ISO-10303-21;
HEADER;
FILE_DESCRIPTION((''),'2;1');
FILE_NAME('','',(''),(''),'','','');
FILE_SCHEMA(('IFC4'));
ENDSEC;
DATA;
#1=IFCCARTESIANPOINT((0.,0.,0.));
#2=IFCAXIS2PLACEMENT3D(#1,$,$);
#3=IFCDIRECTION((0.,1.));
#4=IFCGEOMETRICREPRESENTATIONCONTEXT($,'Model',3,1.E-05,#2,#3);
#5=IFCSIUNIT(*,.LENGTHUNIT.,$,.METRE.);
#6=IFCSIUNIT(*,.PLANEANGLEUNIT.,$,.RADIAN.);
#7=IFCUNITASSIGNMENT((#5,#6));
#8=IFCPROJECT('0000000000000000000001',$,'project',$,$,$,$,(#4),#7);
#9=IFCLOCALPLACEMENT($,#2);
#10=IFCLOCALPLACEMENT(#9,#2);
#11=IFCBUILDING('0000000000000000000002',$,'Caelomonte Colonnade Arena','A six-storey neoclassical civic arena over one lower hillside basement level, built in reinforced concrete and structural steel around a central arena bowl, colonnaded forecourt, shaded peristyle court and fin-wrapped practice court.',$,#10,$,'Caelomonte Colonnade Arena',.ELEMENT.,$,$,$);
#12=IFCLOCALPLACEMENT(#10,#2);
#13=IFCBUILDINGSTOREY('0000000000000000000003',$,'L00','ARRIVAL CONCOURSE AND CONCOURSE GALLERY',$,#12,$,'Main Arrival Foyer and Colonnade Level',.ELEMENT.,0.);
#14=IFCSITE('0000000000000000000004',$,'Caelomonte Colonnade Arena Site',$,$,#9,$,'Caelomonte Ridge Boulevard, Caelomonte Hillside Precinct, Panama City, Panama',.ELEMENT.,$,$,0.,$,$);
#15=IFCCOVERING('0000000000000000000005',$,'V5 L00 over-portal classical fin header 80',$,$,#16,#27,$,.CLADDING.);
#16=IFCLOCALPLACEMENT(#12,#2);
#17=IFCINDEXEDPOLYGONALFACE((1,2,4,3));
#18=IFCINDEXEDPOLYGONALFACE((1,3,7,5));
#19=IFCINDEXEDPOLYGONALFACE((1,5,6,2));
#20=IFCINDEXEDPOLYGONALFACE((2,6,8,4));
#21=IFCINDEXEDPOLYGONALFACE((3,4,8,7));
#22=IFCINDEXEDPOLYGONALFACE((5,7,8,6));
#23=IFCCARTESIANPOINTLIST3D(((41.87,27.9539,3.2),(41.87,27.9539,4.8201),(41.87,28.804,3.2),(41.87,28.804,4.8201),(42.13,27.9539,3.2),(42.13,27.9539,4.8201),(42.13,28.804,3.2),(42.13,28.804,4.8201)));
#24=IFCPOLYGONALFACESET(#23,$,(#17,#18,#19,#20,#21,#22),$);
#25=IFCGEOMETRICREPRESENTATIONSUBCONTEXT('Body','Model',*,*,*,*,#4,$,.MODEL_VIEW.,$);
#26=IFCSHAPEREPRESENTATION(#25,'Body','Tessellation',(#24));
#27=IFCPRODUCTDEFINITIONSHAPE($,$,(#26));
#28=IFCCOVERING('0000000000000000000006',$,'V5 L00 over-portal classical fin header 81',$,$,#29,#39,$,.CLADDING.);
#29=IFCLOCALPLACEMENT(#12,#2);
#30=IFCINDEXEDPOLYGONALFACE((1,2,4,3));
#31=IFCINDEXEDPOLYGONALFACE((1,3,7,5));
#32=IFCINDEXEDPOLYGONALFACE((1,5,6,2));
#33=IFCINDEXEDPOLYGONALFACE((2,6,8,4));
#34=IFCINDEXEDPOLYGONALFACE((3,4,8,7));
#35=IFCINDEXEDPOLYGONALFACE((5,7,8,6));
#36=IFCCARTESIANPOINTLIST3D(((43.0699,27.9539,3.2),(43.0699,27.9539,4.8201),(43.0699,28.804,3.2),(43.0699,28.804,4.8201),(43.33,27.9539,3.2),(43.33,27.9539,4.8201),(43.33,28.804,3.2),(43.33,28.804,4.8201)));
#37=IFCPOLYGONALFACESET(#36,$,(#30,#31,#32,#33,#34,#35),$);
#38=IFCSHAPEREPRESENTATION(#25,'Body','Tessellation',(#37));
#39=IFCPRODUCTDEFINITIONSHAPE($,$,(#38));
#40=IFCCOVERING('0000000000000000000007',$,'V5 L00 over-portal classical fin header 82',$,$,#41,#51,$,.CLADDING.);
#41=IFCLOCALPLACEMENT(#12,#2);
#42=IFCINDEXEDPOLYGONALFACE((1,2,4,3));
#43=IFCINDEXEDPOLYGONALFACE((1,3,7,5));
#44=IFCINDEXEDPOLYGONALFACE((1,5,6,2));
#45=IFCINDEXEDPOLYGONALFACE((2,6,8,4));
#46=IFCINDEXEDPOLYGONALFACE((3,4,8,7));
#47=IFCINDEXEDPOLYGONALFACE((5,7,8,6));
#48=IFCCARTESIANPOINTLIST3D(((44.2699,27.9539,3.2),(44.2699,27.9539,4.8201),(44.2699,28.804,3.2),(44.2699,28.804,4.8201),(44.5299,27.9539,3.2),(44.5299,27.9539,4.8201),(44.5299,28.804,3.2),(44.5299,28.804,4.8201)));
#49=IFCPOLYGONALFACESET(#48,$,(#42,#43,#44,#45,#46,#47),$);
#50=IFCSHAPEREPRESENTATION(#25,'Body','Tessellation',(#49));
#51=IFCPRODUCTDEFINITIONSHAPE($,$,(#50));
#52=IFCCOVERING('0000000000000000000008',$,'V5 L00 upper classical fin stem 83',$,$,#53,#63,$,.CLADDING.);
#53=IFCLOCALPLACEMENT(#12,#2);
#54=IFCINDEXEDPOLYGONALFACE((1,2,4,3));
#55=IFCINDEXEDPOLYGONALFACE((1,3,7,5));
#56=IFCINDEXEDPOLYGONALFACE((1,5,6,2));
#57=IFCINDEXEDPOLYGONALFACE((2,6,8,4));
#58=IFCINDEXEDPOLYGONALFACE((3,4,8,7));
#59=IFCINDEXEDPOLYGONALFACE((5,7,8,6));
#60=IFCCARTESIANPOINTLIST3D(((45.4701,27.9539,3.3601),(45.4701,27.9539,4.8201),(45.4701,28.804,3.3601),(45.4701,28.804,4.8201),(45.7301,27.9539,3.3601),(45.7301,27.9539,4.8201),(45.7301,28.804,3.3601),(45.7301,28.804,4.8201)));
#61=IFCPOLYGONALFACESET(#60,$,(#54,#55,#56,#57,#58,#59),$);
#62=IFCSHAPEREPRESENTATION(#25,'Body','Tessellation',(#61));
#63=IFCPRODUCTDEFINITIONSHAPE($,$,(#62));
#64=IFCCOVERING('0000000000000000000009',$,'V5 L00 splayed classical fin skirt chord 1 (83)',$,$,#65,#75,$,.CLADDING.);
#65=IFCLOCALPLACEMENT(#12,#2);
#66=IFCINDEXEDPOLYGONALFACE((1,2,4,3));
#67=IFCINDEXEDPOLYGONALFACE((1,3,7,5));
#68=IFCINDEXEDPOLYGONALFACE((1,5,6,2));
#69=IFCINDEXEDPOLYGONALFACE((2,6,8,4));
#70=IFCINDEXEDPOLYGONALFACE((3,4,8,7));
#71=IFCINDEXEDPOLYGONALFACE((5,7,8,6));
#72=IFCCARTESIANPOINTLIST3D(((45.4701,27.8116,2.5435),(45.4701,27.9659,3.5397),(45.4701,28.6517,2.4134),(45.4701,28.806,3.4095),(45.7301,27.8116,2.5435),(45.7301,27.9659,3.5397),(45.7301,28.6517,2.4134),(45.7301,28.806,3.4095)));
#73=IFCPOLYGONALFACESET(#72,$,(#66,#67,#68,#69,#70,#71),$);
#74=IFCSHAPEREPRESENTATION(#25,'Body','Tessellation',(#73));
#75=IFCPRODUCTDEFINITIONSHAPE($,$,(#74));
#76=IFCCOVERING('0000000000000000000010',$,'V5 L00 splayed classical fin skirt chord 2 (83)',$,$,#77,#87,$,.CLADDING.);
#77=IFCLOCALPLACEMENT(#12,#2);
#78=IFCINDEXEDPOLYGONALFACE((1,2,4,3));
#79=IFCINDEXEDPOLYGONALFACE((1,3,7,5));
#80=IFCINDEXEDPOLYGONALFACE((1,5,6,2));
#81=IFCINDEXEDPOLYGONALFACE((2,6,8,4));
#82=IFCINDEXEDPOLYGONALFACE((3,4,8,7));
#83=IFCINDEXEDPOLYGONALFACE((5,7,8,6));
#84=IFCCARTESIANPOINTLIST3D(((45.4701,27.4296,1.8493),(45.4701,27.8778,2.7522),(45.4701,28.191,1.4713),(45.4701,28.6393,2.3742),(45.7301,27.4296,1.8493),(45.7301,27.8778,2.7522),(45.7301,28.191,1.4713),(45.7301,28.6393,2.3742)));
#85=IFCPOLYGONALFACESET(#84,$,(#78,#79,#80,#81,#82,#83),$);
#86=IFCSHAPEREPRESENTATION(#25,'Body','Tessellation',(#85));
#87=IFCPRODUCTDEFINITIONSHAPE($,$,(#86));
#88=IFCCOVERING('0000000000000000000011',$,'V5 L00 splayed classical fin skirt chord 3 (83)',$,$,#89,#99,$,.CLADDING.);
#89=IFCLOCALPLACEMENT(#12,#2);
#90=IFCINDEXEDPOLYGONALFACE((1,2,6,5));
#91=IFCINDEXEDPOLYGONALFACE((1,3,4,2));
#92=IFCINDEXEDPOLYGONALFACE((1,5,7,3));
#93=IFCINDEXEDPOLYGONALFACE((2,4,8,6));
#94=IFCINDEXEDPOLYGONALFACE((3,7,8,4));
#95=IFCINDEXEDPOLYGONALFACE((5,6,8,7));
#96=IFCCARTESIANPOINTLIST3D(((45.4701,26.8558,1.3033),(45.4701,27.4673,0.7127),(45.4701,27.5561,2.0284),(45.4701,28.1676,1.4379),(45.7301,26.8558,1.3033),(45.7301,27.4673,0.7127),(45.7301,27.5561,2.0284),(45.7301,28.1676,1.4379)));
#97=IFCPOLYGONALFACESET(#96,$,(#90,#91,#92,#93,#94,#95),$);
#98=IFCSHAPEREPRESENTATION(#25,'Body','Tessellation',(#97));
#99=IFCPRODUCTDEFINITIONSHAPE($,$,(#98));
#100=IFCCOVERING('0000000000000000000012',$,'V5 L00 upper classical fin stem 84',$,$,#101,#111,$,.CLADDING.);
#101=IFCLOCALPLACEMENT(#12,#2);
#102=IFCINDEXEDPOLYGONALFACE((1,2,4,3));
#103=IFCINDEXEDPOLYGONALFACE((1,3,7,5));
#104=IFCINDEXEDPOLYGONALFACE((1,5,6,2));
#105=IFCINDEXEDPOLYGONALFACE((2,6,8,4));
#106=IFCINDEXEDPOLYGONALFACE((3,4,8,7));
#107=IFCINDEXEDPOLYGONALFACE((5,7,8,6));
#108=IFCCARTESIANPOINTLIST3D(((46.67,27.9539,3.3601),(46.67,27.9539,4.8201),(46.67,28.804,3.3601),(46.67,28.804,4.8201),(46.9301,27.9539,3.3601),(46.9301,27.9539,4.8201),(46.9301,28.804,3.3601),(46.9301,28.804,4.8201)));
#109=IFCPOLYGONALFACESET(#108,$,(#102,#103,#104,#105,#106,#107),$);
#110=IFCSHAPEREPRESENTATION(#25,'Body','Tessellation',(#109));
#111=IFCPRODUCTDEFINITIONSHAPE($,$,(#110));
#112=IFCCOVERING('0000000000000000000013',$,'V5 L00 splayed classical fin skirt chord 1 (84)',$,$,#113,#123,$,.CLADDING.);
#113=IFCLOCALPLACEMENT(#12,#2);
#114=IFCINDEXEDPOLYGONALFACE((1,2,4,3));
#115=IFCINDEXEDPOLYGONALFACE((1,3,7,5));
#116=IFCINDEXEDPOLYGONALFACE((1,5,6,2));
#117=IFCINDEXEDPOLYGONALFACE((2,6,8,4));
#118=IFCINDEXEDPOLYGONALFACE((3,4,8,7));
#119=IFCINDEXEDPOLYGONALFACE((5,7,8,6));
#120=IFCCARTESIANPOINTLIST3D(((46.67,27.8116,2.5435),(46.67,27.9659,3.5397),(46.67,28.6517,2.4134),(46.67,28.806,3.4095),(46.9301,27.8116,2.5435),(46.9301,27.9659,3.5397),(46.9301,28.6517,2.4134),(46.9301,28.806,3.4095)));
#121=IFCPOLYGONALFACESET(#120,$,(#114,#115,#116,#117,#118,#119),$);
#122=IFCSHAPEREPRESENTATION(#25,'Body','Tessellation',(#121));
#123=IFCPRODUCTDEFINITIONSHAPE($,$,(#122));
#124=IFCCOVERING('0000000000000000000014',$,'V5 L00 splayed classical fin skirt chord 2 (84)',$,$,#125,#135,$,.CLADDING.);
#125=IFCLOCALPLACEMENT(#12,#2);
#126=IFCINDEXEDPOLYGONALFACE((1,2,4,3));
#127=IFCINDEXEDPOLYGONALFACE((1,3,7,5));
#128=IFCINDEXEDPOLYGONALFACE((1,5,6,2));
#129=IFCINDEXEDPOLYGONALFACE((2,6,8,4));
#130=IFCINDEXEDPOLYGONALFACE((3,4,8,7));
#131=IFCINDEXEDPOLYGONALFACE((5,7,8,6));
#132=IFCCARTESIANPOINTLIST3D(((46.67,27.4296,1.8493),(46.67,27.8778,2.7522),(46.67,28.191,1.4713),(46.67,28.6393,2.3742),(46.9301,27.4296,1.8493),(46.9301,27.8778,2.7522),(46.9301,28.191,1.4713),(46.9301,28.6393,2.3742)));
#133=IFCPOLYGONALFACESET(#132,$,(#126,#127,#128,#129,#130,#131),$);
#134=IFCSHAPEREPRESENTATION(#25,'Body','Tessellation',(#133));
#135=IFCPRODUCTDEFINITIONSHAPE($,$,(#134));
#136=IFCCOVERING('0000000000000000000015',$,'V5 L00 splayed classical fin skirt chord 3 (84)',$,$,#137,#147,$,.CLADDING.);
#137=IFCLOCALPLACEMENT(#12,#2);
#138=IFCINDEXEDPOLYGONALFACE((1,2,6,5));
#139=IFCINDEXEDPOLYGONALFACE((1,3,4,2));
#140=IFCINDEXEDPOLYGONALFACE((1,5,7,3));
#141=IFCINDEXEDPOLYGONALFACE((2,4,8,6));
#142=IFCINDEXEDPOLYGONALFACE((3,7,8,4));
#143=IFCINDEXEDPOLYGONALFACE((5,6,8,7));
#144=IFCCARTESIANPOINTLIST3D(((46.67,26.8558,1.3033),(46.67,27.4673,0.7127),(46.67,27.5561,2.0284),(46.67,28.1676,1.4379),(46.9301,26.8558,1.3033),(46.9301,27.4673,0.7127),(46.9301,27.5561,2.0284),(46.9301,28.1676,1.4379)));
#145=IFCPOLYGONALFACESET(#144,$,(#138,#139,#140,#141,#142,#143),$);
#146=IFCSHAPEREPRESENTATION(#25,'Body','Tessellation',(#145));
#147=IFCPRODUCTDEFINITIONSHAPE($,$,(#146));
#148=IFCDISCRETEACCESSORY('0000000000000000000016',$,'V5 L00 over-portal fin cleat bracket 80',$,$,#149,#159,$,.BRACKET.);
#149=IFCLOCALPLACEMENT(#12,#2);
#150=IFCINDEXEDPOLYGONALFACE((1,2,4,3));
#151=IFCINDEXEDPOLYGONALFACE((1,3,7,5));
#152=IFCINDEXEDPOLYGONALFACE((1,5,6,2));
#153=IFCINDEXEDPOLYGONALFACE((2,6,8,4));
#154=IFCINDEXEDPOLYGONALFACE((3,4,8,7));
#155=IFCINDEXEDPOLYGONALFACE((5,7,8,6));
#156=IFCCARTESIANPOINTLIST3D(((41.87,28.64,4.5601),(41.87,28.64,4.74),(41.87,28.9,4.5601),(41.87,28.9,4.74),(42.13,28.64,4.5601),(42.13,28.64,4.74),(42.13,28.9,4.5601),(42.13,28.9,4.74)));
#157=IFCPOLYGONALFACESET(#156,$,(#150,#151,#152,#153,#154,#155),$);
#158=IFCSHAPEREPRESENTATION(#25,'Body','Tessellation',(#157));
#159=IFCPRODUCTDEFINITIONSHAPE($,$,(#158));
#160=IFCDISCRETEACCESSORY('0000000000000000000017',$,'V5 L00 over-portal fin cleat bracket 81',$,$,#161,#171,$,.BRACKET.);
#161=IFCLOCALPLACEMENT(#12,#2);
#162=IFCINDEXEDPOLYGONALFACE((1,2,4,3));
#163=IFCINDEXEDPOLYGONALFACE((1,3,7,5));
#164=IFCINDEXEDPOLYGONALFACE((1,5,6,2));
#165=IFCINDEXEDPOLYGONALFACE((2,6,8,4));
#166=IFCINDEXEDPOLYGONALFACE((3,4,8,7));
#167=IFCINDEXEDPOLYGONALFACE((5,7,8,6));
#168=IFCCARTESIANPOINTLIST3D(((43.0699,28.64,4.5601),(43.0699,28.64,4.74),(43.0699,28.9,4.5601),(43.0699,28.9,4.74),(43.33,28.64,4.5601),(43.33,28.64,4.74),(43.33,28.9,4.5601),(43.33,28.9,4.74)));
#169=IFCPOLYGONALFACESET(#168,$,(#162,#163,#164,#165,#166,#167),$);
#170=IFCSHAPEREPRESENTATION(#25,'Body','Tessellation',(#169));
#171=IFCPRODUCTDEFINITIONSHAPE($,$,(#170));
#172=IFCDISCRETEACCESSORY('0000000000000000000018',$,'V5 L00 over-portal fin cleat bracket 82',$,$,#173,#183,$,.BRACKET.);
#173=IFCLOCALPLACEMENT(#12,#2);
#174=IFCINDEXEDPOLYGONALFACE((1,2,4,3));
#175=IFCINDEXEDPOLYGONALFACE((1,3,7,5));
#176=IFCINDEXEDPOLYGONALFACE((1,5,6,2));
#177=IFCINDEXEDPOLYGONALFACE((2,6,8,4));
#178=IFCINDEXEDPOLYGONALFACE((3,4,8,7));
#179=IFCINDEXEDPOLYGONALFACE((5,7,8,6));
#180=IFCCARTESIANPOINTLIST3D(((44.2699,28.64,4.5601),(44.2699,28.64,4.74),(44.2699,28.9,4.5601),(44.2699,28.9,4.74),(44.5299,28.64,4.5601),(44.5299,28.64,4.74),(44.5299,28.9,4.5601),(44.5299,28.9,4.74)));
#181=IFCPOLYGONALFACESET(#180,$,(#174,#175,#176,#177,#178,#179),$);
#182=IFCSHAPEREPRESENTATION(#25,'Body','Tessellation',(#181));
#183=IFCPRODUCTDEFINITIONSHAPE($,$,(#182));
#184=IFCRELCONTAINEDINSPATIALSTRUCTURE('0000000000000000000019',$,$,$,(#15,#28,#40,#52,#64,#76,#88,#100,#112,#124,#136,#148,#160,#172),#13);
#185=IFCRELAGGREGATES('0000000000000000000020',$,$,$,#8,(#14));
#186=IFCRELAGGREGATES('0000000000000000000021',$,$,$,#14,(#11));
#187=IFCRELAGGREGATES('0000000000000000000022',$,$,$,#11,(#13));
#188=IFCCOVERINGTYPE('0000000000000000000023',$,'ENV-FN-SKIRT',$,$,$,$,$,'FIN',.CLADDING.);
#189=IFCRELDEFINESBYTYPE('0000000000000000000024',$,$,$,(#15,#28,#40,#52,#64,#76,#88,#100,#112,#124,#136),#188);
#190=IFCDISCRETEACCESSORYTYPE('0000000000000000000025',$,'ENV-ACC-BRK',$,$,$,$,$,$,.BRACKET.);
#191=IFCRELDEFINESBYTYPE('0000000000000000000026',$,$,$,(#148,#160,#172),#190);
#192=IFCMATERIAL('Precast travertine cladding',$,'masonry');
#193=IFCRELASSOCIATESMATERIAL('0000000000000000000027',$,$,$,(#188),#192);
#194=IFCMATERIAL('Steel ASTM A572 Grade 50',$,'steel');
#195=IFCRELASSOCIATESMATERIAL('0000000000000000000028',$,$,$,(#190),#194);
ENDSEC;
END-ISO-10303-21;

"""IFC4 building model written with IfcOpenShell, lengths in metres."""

from ifc_helpers import new_model, si_unit, direction, frame, origin, origin_2d, place, context, subcontext, project, spatial, rectangle, extrude, material, material_profile, profile_set, type_object, element, save


model = new_model("IFC4")

# Units and contexts
model_context = context("Model", 3, precision=1e-05, world=origin(), true_north=direction((0.0, 1.0)))
body_context = subcontext(model_context, "Body", "Model", "MODEL_VIEW")
ifc_project = project(units=[si_unit("LENGTHUNIT", "METRE"), si_unit("PLANEANGLEUNIT", "RADIAN")], contexts=[model_context])

# Site, building, storey
site_placement = place(None, origin())
site = spatial("IfcSite", under=ifc_project, at=site_placement, Name="Caelomonte Colonnade Arena Site", LongName="Caelomonte Ridge Boulevard, Caelomonte Hillside Precinct, Panama City, Panama", CompositionType="ELEMENT", RefElevation=0.0)
building_placement = place(site_placement, origin())
building = spatial("IfcBuilding", under=site, at=building_placement, Name="Caelomonte Colonnade Arena", Description="A six-storey neoclassical civic arena over one lower hillside basement level, built in reinforced concrete and structural steel around a central arena bowl, colonnaded forecourt, shaded peristyle court and fin-wrapped practice court.", LongName="Caelomonte Colonnade Arena", CompositionType="ELEMENT")
storey_placement = place(building_placement, origin())
storey = spatial("IfcBuildingStorey", under=building, at=storey_placement, Name="L00", Description="ARRIVAL CONCOURSE AND CONCOURSE GALLERY", LongName="Main Arrival Foyer and Colonnade Level", CompositionType="ELEMENT", Elevation=0.0)

# Coverings
ifc_material_1 = material(Name="Precast travertine cladding", Category="masonry")
ifc_material_profile_1 = material_profile(ifc_material_1, rectangle(XDim=0.26, YDim=0.8501, at=origin_2d()), Name="FIN260X850")
ifc_profile_set_1 = profile_set([ifc_material_profile_1], Name="Precast travertine cladding")
covering_type = type_object("IfcCoveringType", Name="ENV-FN-SKIRT", ElementType="FIN", PredefinedType="CLADDING", material=ifc_profile_set_1)
for number, where, z_axis, x_axis, name in (
    (1, (42.0, 28.3789, 3.2), (0.0, 0.0, 1.0), (-1.0, 0.0, 0.0), "V5 L00 over-portal classical fin header 80"),
    (2, (43.2, 28.3789, 3.2), (0.0, 0.0, 1.0), (-1.0, 0.0, 0.0), "V5 L00 over-portal classical fin header 81"),
    (3, (44.3999, 28.3789, 3.2), (0.0, 0.0, 1.0), (-1.0, 0.0, 0.0), "V5 L00 over-portal classical fin header 82"),
):
    element("IfcCovering", number, at=place(storey_placement, frame(where, z_axis=z_axis, x_axis=x_axis)), inside=storey, type_object=covering_type, Name=name, PredefinedType="CLADDING", context=body_context, shape_type="SweptSolid", body=[
        extrude(rectangle(XDim=0.26, YDim=0.8501, at=origin_2d()), origin(), (0.0, 0.0, 1.0), 1.6201),
    ])
covering_1_placement = place(storey_placement, frame((45.6001, 28.3789, 3.3601), z_axis=(0.0, 0.0, 1.0), x_axis=(-1.0, 0.0, 0.0)))
element("IfcCovering", 4, at=covering_1_placement, inside=storey, type_object=covering_type, Name="V5 L00 upper classical fin stem 83", PredefinedType="CLADDING", context=body_context, shape_type="SweptSolid", body=[
    extrude(rectangle(XDim=0.26, YDim=0.8501, at=origin_2d()), origin(), (0.0, 0.0, 1.0), 1.46),
])
for number, where, z_axis, x_axis, name in (
    (5, (45.6001, 28.386, 3.4746), (0.0, -0.153076, -0.988214), (-1.0, 0.0, 0.0), "V5 L00 splayed classical fin skirt chord 1 (83)"),
    (6, (45.6001, 28.2585, 2.5632), (0.0, -0.444693, -0.895683), (-1.0, 0.0, 0.0), "V5 L00 splayed classical fin skirt chord 2 (83)"),
    (7, (45.6001, 27.8618, 1.7332), (0.0, -0.694646, -0.719351), (-1.0, 0.0, 0.0), "V5 L00 splayed classical fin skirt chord 3 (83)"),
):
    element("IfcCovering", number, at=place(storey_placement, frame(where, z_axis=z_axis, x_axis=x_axis)), inside=storey, type_object=covering_type, Name=name, PredefinedType="CLADDING", context=body_context, shape_type="SweptSolid", body=[
        extrude(rectangle(XDim=0.26, YDim=0.8501, at=origin_2d()), origin(), (0.0, 0.0, 1.0), 1.0081),
    ])
covering_2_placement = place(storey_placement, frame((46.8, 28.3789, 3.3601), z_axis=(0.0, 0.0, 1.0), x_axis=(-1.0, 0.0, 0.0)))
element("IfcCovering", 8, at=covering_2_placement, inside=storey, type_object=covering_type, Name="V5 L00 upper classical fin stem 84", PredefinedType="CLADDING", context=body_context, shape_type="SweptSolid", body=[
    extrude(rectangle(XDim=0.26, YDim=0.8501, at=origin_2d()), origin(), (0.0, 0.0, 1.0), 1.46),
])
for number, where, z_axis, x_axis, name in (
    (9, (46.8, 28.386, 3.4746), (0.0, -0.153076, -0.988214), (-1.0, 0.0, 0.0), "V5 L00 splayed classical fin skirt chord 1 (84)"),
    (10, (46.8, 28.2585, 2.5632), (0.0, -0.444693, -0.895683), (-1.0, 0.0, 0.0), "V5 L00 splayed classical fin skirt chord 2 (84)"),
    (11, (46.8, 27.8618, 1.7332), (0.0, -0.694646, -0.719351), (-1.0, 0.0, 0.0), "V5 L00 splayed classical fin skirt chord 3 (84)"),
):
    element("IfcCovering", number, at=place(storey_placement, frame(where, z_axis=z_axis, x_axis=x_axis)), inside=storey, type_object=covering_type, Name=name, PredefinedType="CLADDING", context=body_context, shape_type="SweptSolid", body=[
        extrude(rectangle(XDim=0.26, YDim=0.8501, at=origin_2d()), origin(), (0.0, 0.0, 1.0), 1.0081),
    ])

# Discrete accessories
ifc_material_2 = material(Name="Steel ASTM A572 Grade 50", Category="steel")
discrete_accessory_type = type_object("IfcDiscreteAccessoryType", Name="ENV-ACC-BRK", PredefinedType="BRACKET", material=ifc_material_2)
for number, where, z_axis, x_axis, name in (
    (12, (42.0, 28.77, 4.5601), (0.0, 0.0, 1.0), (1.0, 0.0, 0.0), "V5 L00 over-portal fin cleat bracket 80"),
    (13, (43.2, 28.77, 4.5601), (0.0, 0.0, 1.0), (1.0, 0.0, 0.0), "V5 L00 over-portal fin cleat bracket 81"),
    (14, (44.3999, 28.77, 4.5601), (0.0, 0.0, 1.0), (1.0, 0.0, 0.0), "V5 L00 over-portal fin cleat bracket 82"),
):
    element("IfcDiscreteAccessory", number, at=place(storey_placement, frame(where, z_axis=z_axis, x_axis=x_axis)), inside=storey, type_object=discrete_accessory_type, Name=name, PredefinedType="BRACKET", context=body_context, shape_type="SweptSolid", body=[
        extrude(rectangle(XDim=0.26, YDim=0.26, at=origin_2d()), origin(), (0.0, 0.0, 1.0), 0.1799),
    ])

save(model, "model.ifc")
